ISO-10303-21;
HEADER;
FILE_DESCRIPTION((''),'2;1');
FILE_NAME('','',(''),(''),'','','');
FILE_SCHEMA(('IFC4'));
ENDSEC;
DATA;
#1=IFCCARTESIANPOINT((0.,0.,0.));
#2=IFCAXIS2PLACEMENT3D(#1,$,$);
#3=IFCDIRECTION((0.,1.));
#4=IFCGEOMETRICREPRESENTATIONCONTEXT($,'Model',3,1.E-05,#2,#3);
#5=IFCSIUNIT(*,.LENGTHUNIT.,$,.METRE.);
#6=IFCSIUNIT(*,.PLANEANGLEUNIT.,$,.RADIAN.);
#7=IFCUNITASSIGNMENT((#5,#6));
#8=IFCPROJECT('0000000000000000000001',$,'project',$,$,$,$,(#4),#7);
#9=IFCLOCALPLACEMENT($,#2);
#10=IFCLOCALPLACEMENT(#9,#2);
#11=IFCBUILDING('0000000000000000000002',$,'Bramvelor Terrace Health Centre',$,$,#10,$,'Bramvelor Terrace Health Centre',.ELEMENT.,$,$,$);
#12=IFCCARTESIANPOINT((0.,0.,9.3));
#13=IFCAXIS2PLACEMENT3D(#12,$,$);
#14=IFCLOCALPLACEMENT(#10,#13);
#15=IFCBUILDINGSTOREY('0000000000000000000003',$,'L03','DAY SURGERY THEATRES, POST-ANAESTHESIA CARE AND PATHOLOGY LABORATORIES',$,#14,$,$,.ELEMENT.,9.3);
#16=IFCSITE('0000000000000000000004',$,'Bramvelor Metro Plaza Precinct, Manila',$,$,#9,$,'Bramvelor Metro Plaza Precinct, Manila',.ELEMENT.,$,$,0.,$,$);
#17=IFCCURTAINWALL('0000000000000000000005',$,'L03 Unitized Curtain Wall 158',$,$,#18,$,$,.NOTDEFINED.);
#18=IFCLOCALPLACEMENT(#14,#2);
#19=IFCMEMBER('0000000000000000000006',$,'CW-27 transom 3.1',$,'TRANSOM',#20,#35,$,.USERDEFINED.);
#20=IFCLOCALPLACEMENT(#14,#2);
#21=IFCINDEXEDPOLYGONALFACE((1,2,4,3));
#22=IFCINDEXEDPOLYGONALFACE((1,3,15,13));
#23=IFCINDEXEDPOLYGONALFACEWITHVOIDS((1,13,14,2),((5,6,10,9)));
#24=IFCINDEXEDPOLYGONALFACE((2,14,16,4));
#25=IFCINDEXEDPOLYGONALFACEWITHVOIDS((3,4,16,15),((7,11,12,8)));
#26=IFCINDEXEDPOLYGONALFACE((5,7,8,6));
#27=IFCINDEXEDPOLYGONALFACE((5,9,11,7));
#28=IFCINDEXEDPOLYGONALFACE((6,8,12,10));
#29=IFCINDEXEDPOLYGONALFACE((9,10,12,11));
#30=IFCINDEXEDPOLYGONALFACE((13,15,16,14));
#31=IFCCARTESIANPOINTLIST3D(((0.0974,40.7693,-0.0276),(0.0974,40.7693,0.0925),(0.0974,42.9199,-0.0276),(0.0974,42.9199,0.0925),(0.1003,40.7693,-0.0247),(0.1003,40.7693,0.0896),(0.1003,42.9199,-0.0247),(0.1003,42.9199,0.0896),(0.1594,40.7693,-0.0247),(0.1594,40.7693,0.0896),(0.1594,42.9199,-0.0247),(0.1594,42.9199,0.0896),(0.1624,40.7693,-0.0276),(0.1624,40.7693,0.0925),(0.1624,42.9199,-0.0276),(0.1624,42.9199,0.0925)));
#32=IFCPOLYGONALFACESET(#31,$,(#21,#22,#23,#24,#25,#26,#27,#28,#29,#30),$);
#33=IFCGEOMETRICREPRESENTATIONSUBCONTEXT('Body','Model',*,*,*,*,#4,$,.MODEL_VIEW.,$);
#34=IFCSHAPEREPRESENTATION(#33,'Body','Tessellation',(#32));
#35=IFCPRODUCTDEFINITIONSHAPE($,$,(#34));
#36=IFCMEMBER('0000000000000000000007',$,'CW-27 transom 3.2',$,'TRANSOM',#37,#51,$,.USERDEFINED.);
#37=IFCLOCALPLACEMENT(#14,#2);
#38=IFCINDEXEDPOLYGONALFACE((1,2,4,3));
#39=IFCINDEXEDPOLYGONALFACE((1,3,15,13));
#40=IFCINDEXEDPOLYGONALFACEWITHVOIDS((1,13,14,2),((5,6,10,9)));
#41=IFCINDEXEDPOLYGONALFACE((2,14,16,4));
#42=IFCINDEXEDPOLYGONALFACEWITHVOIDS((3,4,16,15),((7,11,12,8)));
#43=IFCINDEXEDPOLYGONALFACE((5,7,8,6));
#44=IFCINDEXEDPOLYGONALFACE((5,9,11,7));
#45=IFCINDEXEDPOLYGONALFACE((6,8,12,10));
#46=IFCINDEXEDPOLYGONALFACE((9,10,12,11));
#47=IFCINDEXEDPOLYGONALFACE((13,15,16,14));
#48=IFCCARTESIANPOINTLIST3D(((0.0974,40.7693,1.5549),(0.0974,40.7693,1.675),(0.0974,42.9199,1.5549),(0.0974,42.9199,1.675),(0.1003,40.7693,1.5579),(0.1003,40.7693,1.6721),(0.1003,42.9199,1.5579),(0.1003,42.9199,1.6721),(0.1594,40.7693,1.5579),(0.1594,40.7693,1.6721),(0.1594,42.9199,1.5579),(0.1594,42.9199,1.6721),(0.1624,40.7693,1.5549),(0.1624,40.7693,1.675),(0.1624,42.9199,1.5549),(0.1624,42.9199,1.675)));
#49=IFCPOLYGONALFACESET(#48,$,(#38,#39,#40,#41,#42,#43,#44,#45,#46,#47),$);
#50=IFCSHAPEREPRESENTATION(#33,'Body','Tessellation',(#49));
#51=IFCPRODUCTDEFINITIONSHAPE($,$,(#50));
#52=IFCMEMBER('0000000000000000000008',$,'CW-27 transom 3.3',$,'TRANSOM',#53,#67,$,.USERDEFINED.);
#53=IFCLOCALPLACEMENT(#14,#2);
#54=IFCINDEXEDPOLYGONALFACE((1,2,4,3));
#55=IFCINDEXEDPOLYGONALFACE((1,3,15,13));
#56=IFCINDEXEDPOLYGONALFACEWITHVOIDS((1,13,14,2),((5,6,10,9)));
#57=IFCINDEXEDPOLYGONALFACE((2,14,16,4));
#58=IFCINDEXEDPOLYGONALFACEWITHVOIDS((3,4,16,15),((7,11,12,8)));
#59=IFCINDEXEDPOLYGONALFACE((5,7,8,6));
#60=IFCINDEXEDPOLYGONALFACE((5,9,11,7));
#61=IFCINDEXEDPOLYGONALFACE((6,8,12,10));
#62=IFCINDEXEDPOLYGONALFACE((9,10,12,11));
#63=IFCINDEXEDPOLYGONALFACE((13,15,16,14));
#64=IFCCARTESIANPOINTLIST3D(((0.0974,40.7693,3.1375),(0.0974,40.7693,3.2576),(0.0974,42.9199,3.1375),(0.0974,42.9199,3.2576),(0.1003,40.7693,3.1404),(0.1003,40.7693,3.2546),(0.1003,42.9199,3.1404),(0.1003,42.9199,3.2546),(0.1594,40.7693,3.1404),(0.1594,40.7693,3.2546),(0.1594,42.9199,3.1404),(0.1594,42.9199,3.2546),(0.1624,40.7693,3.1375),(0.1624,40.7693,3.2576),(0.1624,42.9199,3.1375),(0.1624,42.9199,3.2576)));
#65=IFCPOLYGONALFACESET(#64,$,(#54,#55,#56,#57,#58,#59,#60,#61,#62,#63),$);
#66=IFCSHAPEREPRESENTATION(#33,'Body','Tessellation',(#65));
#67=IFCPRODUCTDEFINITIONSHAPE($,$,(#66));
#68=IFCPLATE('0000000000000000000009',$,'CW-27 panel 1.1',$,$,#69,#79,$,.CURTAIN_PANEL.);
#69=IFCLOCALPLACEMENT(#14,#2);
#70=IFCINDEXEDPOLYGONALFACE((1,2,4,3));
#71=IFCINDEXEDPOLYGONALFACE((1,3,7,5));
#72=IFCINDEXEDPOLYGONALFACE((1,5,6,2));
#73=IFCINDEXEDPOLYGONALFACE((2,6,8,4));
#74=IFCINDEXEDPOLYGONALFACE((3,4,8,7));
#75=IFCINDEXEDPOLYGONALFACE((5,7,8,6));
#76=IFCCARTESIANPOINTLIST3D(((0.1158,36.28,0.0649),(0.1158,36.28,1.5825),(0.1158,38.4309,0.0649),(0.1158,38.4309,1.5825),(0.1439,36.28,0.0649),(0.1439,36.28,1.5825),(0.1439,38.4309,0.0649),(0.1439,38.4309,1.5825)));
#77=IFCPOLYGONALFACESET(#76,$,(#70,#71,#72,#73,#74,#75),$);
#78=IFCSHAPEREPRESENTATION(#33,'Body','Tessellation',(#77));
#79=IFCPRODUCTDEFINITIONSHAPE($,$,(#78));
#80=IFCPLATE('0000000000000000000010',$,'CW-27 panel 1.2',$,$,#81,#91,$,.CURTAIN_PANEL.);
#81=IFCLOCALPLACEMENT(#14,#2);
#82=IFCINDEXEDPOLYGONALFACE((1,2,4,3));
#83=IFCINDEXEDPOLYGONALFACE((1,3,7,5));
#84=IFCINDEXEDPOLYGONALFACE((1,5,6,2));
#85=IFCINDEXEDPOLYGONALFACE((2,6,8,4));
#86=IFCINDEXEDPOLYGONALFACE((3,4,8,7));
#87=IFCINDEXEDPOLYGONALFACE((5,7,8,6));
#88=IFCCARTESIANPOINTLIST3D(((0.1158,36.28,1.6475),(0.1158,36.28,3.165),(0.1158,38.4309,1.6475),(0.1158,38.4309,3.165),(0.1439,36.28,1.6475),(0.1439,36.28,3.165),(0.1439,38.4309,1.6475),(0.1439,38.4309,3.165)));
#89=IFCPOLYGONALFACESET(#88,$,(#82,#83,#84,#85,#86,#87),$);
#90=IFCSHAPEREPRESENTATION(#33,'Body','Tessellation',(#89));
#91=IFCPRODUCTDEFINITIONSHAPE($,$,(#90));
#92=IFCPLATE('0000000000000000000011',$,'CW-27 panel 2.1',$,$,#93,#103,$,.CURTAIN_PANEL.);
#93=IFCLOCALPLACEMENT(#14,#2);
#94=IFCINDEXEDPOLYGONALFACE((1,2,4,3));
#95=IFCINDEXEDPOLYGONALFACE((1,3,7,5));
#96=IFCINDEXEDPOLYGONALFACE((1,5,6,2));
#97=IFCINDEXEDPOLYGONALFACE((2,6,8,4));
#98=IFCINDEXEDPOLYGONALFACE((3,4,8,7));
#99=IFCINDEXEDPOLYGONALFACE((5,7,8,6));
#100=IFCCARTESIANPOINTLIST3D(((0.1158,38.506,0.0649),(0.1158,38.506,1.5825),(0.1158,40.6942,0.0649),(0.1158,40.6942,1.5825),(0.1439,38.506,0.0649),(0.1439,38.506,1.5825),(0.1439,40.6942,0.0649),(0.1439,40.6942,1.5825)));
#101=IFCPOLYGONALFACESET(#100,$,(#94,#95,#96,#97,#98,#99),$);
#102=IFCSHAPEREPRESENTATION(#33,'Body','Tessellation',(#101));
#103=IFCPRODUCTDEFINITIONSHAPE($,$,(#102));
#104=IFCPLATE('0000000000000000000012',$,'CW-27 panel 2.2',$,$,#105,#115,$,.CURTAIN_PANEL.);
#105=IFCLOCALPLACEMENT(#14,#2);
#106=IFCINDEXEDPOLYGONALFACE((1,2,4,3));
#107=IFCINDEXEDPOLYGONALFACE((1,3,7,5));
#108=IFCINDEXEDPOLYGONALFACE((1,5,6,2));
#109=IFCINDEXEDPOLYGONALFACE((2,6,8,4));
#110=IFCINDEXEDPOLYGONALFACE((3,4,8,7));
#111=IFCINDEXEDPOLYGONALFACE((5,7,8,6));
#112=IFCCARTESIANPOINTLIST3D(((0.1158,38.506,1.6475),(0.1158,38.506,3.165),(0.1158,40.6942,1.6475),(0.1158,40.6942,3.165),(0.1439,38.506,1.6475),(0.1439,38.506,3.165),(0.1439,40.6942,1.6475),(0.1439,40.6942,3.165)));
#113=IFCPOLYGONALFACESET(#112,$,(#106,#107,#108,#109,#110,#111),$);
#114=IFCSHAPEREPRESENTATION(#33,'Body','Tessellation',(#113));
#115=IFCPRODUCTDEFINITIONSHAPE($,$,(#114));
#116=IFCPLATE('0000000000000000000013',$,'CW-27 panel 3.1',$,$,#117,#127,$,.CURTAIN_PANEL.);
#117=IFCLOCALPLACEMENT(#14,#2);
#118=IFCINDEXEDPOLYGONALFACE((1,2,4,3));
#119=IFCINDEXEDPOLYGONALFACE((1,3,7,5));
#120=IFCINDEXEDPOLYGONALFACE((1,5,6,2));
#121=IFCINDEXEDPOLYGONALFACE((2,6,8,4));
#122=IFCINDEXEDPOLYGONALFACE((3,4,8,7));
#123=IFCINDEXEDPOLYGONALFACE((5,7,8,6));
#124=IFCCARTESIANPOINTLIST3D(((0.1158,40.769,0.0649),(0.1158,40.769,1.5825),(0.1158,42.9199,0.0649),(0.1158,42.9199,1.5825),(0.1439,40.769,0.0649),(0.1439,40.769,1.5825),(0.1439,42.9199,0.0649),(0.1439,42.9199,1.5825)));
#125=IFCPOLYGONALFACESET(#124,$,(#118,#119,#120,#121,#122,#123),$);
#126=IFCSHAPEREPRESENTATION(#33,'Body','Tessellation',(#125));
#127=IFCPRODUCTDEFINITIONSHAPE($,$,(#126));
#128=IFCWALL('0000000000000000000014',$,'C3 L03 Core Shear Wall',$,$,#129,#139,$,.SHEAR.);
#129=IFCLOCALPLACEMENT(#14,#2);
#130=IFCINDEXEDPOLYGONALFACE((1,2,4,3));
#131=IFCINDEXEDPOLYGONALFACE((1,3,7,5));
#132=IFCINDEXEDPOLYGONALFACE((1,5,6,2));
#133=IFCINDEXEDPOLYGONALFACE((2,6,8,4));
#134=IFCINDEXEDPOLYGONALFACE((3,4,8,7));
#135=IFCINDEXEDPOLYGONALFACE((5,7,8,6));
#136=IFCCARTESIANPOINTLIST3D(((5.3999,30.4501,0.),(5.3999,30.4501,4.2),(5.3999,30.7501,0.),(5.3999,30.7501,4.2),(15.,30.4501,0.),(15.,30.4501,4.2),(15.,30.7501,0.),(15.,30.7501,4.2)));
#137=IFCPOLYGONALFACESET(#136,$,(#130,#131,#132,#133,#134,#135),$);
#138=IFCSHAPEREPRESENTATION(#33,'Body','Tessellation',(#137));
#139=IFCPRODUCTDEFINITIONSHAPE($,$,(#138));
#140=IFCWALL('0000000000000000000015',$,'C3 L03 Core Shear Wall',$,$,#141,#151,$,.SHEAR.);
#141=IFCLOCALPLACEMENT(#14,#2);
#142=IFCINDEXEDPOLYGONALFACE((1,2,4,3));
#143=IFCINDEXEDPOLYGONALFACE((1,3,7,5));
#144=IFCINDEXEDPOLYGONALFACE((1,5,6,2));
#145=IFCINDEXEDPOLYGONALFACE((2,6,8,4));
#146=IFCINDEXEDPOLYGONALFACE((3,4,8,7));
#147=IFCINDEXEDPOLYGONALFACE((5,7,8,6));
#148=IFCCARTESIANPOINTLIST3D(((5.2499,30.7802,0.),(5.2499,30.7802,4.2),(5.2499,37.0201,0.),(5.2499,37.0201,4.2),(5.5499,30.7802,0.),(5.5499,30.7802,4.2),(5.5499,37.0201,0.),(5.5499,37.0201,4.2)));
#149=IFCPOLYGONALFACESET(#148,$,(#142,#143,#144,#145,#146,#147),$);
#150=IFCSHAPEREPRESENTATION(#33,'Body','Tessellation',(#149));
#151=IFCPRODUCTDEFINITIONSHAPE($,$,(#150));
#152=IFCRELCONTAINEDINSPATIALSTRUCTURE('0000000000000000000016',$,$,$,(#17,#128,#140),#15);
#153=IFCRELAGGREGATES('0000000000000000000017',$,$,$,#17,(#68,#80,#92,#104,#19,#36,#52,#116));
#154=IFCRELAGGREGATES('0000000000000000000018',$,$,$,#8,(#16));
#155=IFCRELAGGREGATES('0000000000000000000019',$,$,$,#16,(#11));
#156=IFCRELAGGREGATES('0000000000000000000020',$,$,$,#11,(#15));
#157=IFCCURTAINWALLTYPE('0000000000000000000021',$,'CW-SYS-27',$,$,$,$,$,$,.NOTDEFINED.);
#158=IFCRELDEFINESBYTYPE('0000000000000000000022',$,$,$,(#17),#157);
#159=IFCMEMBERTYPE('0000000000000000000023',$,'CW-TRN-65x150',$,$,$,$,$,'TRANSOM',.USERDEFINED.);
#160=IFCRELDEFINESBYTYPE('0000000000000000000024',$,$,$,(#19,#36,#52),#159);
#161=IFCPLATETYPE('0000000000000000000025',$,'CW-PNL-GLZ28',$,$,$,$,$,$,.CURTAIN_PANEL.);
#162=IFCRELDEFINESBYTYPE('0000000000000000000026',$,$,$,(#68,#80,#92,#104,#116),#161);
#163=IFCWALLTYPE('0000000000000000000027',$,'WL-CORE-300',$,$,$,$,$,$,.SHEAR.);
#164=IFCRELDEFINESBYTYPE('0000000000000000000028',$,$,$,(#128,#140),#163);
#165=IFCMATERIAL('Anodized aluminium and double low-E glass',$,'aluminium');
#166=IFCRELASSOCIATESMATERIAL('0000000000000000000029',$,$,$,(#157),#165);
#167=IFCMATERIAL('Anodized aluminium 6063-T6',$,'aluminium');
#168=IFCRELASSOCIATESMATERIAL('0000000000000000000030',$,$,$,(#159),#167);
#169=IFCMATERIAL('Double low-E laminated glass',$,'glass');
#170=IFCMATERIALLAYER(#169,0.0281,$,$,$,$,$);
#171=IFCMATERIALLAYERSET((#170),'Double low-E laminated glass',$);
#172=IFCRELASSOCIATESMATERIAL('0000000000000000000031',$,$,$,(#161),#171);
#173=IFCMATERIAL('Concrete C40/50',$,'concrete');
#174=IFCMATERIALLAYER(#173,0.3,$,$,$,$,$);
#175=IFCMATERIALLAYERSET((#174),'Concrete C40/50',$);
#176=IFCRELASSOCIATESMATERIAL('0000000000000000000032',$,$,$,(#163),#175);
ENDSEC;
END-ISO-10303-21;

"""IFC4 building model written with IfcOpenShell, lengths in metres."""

from ifc_helpers import new_model, si_unit, direction, frame, frame_2d, origin, origin_2d, place, context, subcontext, project, spatial, rectangle, hollow_rectangle, extrude, material, layer, layer_set, material_profile, profile_set, type_object, element, aggregate, save


model = new_model("IFC4")

# Units and contexts
model_context = context("Model", 3, precision=1e-05, world=origin(), true_north=direction((0.0, 1.0)))
body_context = subcontext(model_context, "Body", "Model", "MODEL_VIEW")
ifc_project = project(units=[si_unit("LENGTHUNIT", "METRE"), si_unit("PLANEANGLEUNIT", "RADIAN")], contexts=[model_context])

# Site, building, storey
site_placement = place(None, origin())
site = spatial("IfcSite", under=ifc_project, at=site_placement, Name="Bramvelor Metro Plaza Precinct, Manila", LongName="Bramvelor Metro Plaza Precinct, Manila", CompositionType="ELEMENT", RefElevation=0.0)
building_placement = place(site_placement, origin())
building = spatial("IfcBuilding", under=site, at=building_placement, Name="Bramvelor Terrace Health Centre", LongName="Bramvelor Terrace Health Centre", CompositionType="ELEMENT")
storey_placement = place(building_placement, frame((0.0, 0.0, 9.3)))
storey = spatial("IfcBuildingStorey", under=building, at=storey_placement, Name="L03", Description="DAY SURGERY THEATRES, POST-ANAESTHESIA CARE AND PATHOLOGY LABORATORIES", CompositionType="ELEMENT", Elevation=9.3)

# Curtain wall, members, plates
ifc_material_1 = material(Name="Anodized aluminium and double low-E glass", Category="aluminium")
curtain_wall_type = type_object("IfcCurtainWallType", Name="CW-SYS-27", PredefinedType="NOTDEFINED", material=ifc_material_1)
curtain_wall_placement = place(storey_placement, origin())
curtain_wall = element("IfcCurtainWall", 1, at=curtain_wall_placement, inside=storey, type_object=curtain_wall_type, Name="L03 Unitized Curtain Wall 158", PredefinedType="NOTDEFINED")
ifc_material_2 = material(Name="Anodized aluminium 6063-T6", Category="aluminium")
ifc_material_profile_1 = material_profile(ifc_material_2, hollow_rectangle(XDim=0.0649, YDim=0.1201, WallThickness=0.0029, at=origin_2d()), Name="ALU-TRN 65x120x3.0")
ifc_profile_set_1 = profile_set([ifc_material_profile_1], Name="Anodized aluminium 6063-T6")
member_type_1 = type_object("IfcMemberType", Name="CW-TRN-65x150", ElementType="TRANSOM", PredefinedType="USERDEFINED", material=ifc_profile_set_1)
member_1_placement = place(storey_placement, frame((0.1299, 40.7693, 0.0325), z_axis=(0.0, 1.0, 0.0), x_axis=(-1.0, 0.0, 0.0)))
member_1 = element("IfcMember", 2, at=member_1_placement, type_object=member_type_1, Name="CW-27 transom 3.1", ObjectType="TRANSOM", PredefinedType="USERDEFINED", context=body_context, shape_type="SweptSolid", body=[
    extrude(hollow_rectangle(XDim=0.0649, YDim=0.1201, WallThickness=0.0029, at=origin_2d()), origin(), (0.0, 0.0, 1.0), 2.1506),
])
member_2_placement = place(storey_placement, frame((0.1299, 40.7693, 1.615), z_axis=(0.0, 1.0, 0.0), x_axis=(-1.0, 0.0, 0.0)))
member_2 = element("IfcMember", 3, at=member_2_placement, type_object=member_type_1, Name="CW-27 transom 3.2", ObjectType="TRANSOM", PredefinedType="USERDEFINED", context=body_context, shape_type="SweptSolid", body=[
    extrude(hollow_rectangle(XDim=0.0649, YDim=0.1201, WallThickness=0.0029, at=origin_2d()), origin(), (0.0, 0.0, 1.0), 2.1506),
])
member_3_placement = place(storey_placement, frame((0.1299, 40.7693, 3.1975), z_axis=(0.0, 1.0, 0.0), x_axis=(-1.0, 0.0, 0.0)))
member_3 = element("IfcMember", 4, at=member_3_placement, type_object=member_type_1, Name="CW-27 transom 3.3", ObjectType="TRANSOM", PredefinedType="USERDEFINED", context=body_context, shape_type="SweptSolid", body=[
    extrude(hollow_rectangle(XDim=0.0649, YDim=0.1201, WallThickness=0.0029, at=origin_2d()), origin(), (0.0, 0.0, 1.0), 2.1506),
])
ifc_material_3 = material(Name="Double low-E laminated glass", Category="glass")
ifc_layer_1 = layer(ifc_material_3, 0.0281)
ifc_layer_set_1 = layer_set([ifc_layer_1], Name="Double low-E laminated glass")
plate_type = type_object("IfcPlateType", Name="CW-PNL-GLZ28", PredefinedType="CURTAIN_PANEL", material=ifc_layer_set_1)
plate_1_placement = place(storey_placement, frame((0.1299, 37.3555, 0.0649), z_axis=(0.0, 0.0, 1.0), x_axis=(0.0, 1.0, 0.0)))
plate_1 = element("IfcPlate", 5, at=plate_1_placement, type_object=plate_type, Name="CW-27 panel 1.1", PredefinedType="CURTAIN_PANEL", context=body_context, shape_type="SweptSolid", body=[
    extrude(rectangle(XDim=2.1509, YDim=0.0281, at=origin_2d()), origin(), (0.0, 0.0, 1.0), 1.5176),
])
plate_2_placement = place(storey_placement, frame((0.1299, 37.3555, 1.6475), z_axis=(0.0, 0.0, 1.0), x_axis=(0.0, 1.0, 0.0)))
plate_2 = element("IfcPlate", 6, at=plate_2_placement, type_object=plate_type, Name="CW-27 panel 1.2", PredefinedType="CURTAIN_PANEL", context=body_context, shape_type="SweptSolid", body=[
    extrude(rectangle(XDim=2.1509, YDim=0.0281, at=origin_2d()), origin(), (0.0, 0.0, 1.0), 1.5176),
])
plate_3_placement = place(storey_placement, frame((0.1299, 39.6001, 0.0649), z_axis=(0.0, 0.0, 1.0), x_axis=(0.0, 1.0, 0.0)))
plate_3 = element("IfcPlate", 7, at=plate_3_placement, type_object=plate_type, Name="CW-27 panel 2.1", PredefinedType="CURTAIN_PANEL", context=body_context, shape_type="SweptSolid", body=[
    extrude(rectangle(XDim=2.1882, YDim=0.0281, at=origin_2d()), origin(), (0.0, 0.0, 1.0), 1.5176),
])
plate_4_placement = place(storey_placement, frame((0.1299, 39.6001, 1.6475), z_axis=(0.0, 0.0, 1.0), x_axis=(0.0, 1.0, 0.0)))
plate_4 = element("IfcPlate", 8, at=plate_4_placement, type_object=plate_type, Name="CW-27 panel 2.2", PredefinedType="CURTAIN_PANEL", context=body_context, shape_type="SweptSolid", body=[
    extrude(rectangle(XDim=2.1882, YDim=0.0281, at=origin_2d()), origin(), (0.0, 0.0, 1.0), 1.5176),
])
plate_5_placement = place(storey_placement, frame((0.1299, 41.8445, 0.0649), z_axis=(0.0, 0.0, 1.0), x_axis=(0.0, 1.0, 0.0)))
plate_5 = element("IfcPlate", 9, at=plate_5_placement, type_object=plate_type, Name="CW-27 panel 3.1", PredefinedType="CURTAIN_PANEL", context=body_context, shape_type="SweptSolid", body=[
    extrude(rectangle(XDim=2.1509, YDim=0.0281, at=origin_2d()), origin(), (0.0, 0.0, 1.0), 1.5176),
])
aggregate(curtain_wall, [plate_1, plate_2, plate_3, plate_4, member_1, member_2, member_3, plate_5])

# Walls
ifc_material_4 = material(Name="Concrete C40/50", Category="concrete")
ifc_layer_2 = layer(ifc_material_4, 0.3)
ifc_layer_set_2 = layer_set([ifc_layer_2], Name="Concrete C40/50")
wall_type = type_object("IfcWallType", Name="WL-CORE-300", PredefinedType="SHEAR", material=ifc_layer_set_2)
wall_1_placement = place(storey_placement, frame((5.3999, 30.6001, 0.0), z_axis=(0.0, 0.0, 1.0), x_axis=(1.0, 0.0, 0.0)))
element("IfcWall", 10, at=wall_1_placement, inside=storey, type_object=wall_type, Name="C3 L03 Core Shear Wall", PredefinedType="SHEAR", context=body_context, shape_type="SweptSolid", body=[
    extrude(rectangle(XDim=9.6001, YDim=0.3, at=frame_2d((4.8, 0.0))), origin(), (0.0, 0.0, 1.0), 4.2),
])
wall_2_placement = place(storey_placement, frame((5.3999, 30.78, 0.0), z_axis=(0.0, 0.0, 1.0), x_axis=(0.0, 1.0, 0.0)))
element("IfcWall", 11, at=wall_2_placement, inside=storey, type_object=wall_type, Name="C3 L03 Core Shear Wall", PredefinedType="SHEAR", context=body_context, shape_type="SweptSolid", body=[
    extrude(rectangle(XDim=6.24, YDim=0.3, at=frame_2d((3.1201, 0.0))), origin(), (0.0, 0.0, 1.0), 4.2),
])

save(model, "model.ifc")
